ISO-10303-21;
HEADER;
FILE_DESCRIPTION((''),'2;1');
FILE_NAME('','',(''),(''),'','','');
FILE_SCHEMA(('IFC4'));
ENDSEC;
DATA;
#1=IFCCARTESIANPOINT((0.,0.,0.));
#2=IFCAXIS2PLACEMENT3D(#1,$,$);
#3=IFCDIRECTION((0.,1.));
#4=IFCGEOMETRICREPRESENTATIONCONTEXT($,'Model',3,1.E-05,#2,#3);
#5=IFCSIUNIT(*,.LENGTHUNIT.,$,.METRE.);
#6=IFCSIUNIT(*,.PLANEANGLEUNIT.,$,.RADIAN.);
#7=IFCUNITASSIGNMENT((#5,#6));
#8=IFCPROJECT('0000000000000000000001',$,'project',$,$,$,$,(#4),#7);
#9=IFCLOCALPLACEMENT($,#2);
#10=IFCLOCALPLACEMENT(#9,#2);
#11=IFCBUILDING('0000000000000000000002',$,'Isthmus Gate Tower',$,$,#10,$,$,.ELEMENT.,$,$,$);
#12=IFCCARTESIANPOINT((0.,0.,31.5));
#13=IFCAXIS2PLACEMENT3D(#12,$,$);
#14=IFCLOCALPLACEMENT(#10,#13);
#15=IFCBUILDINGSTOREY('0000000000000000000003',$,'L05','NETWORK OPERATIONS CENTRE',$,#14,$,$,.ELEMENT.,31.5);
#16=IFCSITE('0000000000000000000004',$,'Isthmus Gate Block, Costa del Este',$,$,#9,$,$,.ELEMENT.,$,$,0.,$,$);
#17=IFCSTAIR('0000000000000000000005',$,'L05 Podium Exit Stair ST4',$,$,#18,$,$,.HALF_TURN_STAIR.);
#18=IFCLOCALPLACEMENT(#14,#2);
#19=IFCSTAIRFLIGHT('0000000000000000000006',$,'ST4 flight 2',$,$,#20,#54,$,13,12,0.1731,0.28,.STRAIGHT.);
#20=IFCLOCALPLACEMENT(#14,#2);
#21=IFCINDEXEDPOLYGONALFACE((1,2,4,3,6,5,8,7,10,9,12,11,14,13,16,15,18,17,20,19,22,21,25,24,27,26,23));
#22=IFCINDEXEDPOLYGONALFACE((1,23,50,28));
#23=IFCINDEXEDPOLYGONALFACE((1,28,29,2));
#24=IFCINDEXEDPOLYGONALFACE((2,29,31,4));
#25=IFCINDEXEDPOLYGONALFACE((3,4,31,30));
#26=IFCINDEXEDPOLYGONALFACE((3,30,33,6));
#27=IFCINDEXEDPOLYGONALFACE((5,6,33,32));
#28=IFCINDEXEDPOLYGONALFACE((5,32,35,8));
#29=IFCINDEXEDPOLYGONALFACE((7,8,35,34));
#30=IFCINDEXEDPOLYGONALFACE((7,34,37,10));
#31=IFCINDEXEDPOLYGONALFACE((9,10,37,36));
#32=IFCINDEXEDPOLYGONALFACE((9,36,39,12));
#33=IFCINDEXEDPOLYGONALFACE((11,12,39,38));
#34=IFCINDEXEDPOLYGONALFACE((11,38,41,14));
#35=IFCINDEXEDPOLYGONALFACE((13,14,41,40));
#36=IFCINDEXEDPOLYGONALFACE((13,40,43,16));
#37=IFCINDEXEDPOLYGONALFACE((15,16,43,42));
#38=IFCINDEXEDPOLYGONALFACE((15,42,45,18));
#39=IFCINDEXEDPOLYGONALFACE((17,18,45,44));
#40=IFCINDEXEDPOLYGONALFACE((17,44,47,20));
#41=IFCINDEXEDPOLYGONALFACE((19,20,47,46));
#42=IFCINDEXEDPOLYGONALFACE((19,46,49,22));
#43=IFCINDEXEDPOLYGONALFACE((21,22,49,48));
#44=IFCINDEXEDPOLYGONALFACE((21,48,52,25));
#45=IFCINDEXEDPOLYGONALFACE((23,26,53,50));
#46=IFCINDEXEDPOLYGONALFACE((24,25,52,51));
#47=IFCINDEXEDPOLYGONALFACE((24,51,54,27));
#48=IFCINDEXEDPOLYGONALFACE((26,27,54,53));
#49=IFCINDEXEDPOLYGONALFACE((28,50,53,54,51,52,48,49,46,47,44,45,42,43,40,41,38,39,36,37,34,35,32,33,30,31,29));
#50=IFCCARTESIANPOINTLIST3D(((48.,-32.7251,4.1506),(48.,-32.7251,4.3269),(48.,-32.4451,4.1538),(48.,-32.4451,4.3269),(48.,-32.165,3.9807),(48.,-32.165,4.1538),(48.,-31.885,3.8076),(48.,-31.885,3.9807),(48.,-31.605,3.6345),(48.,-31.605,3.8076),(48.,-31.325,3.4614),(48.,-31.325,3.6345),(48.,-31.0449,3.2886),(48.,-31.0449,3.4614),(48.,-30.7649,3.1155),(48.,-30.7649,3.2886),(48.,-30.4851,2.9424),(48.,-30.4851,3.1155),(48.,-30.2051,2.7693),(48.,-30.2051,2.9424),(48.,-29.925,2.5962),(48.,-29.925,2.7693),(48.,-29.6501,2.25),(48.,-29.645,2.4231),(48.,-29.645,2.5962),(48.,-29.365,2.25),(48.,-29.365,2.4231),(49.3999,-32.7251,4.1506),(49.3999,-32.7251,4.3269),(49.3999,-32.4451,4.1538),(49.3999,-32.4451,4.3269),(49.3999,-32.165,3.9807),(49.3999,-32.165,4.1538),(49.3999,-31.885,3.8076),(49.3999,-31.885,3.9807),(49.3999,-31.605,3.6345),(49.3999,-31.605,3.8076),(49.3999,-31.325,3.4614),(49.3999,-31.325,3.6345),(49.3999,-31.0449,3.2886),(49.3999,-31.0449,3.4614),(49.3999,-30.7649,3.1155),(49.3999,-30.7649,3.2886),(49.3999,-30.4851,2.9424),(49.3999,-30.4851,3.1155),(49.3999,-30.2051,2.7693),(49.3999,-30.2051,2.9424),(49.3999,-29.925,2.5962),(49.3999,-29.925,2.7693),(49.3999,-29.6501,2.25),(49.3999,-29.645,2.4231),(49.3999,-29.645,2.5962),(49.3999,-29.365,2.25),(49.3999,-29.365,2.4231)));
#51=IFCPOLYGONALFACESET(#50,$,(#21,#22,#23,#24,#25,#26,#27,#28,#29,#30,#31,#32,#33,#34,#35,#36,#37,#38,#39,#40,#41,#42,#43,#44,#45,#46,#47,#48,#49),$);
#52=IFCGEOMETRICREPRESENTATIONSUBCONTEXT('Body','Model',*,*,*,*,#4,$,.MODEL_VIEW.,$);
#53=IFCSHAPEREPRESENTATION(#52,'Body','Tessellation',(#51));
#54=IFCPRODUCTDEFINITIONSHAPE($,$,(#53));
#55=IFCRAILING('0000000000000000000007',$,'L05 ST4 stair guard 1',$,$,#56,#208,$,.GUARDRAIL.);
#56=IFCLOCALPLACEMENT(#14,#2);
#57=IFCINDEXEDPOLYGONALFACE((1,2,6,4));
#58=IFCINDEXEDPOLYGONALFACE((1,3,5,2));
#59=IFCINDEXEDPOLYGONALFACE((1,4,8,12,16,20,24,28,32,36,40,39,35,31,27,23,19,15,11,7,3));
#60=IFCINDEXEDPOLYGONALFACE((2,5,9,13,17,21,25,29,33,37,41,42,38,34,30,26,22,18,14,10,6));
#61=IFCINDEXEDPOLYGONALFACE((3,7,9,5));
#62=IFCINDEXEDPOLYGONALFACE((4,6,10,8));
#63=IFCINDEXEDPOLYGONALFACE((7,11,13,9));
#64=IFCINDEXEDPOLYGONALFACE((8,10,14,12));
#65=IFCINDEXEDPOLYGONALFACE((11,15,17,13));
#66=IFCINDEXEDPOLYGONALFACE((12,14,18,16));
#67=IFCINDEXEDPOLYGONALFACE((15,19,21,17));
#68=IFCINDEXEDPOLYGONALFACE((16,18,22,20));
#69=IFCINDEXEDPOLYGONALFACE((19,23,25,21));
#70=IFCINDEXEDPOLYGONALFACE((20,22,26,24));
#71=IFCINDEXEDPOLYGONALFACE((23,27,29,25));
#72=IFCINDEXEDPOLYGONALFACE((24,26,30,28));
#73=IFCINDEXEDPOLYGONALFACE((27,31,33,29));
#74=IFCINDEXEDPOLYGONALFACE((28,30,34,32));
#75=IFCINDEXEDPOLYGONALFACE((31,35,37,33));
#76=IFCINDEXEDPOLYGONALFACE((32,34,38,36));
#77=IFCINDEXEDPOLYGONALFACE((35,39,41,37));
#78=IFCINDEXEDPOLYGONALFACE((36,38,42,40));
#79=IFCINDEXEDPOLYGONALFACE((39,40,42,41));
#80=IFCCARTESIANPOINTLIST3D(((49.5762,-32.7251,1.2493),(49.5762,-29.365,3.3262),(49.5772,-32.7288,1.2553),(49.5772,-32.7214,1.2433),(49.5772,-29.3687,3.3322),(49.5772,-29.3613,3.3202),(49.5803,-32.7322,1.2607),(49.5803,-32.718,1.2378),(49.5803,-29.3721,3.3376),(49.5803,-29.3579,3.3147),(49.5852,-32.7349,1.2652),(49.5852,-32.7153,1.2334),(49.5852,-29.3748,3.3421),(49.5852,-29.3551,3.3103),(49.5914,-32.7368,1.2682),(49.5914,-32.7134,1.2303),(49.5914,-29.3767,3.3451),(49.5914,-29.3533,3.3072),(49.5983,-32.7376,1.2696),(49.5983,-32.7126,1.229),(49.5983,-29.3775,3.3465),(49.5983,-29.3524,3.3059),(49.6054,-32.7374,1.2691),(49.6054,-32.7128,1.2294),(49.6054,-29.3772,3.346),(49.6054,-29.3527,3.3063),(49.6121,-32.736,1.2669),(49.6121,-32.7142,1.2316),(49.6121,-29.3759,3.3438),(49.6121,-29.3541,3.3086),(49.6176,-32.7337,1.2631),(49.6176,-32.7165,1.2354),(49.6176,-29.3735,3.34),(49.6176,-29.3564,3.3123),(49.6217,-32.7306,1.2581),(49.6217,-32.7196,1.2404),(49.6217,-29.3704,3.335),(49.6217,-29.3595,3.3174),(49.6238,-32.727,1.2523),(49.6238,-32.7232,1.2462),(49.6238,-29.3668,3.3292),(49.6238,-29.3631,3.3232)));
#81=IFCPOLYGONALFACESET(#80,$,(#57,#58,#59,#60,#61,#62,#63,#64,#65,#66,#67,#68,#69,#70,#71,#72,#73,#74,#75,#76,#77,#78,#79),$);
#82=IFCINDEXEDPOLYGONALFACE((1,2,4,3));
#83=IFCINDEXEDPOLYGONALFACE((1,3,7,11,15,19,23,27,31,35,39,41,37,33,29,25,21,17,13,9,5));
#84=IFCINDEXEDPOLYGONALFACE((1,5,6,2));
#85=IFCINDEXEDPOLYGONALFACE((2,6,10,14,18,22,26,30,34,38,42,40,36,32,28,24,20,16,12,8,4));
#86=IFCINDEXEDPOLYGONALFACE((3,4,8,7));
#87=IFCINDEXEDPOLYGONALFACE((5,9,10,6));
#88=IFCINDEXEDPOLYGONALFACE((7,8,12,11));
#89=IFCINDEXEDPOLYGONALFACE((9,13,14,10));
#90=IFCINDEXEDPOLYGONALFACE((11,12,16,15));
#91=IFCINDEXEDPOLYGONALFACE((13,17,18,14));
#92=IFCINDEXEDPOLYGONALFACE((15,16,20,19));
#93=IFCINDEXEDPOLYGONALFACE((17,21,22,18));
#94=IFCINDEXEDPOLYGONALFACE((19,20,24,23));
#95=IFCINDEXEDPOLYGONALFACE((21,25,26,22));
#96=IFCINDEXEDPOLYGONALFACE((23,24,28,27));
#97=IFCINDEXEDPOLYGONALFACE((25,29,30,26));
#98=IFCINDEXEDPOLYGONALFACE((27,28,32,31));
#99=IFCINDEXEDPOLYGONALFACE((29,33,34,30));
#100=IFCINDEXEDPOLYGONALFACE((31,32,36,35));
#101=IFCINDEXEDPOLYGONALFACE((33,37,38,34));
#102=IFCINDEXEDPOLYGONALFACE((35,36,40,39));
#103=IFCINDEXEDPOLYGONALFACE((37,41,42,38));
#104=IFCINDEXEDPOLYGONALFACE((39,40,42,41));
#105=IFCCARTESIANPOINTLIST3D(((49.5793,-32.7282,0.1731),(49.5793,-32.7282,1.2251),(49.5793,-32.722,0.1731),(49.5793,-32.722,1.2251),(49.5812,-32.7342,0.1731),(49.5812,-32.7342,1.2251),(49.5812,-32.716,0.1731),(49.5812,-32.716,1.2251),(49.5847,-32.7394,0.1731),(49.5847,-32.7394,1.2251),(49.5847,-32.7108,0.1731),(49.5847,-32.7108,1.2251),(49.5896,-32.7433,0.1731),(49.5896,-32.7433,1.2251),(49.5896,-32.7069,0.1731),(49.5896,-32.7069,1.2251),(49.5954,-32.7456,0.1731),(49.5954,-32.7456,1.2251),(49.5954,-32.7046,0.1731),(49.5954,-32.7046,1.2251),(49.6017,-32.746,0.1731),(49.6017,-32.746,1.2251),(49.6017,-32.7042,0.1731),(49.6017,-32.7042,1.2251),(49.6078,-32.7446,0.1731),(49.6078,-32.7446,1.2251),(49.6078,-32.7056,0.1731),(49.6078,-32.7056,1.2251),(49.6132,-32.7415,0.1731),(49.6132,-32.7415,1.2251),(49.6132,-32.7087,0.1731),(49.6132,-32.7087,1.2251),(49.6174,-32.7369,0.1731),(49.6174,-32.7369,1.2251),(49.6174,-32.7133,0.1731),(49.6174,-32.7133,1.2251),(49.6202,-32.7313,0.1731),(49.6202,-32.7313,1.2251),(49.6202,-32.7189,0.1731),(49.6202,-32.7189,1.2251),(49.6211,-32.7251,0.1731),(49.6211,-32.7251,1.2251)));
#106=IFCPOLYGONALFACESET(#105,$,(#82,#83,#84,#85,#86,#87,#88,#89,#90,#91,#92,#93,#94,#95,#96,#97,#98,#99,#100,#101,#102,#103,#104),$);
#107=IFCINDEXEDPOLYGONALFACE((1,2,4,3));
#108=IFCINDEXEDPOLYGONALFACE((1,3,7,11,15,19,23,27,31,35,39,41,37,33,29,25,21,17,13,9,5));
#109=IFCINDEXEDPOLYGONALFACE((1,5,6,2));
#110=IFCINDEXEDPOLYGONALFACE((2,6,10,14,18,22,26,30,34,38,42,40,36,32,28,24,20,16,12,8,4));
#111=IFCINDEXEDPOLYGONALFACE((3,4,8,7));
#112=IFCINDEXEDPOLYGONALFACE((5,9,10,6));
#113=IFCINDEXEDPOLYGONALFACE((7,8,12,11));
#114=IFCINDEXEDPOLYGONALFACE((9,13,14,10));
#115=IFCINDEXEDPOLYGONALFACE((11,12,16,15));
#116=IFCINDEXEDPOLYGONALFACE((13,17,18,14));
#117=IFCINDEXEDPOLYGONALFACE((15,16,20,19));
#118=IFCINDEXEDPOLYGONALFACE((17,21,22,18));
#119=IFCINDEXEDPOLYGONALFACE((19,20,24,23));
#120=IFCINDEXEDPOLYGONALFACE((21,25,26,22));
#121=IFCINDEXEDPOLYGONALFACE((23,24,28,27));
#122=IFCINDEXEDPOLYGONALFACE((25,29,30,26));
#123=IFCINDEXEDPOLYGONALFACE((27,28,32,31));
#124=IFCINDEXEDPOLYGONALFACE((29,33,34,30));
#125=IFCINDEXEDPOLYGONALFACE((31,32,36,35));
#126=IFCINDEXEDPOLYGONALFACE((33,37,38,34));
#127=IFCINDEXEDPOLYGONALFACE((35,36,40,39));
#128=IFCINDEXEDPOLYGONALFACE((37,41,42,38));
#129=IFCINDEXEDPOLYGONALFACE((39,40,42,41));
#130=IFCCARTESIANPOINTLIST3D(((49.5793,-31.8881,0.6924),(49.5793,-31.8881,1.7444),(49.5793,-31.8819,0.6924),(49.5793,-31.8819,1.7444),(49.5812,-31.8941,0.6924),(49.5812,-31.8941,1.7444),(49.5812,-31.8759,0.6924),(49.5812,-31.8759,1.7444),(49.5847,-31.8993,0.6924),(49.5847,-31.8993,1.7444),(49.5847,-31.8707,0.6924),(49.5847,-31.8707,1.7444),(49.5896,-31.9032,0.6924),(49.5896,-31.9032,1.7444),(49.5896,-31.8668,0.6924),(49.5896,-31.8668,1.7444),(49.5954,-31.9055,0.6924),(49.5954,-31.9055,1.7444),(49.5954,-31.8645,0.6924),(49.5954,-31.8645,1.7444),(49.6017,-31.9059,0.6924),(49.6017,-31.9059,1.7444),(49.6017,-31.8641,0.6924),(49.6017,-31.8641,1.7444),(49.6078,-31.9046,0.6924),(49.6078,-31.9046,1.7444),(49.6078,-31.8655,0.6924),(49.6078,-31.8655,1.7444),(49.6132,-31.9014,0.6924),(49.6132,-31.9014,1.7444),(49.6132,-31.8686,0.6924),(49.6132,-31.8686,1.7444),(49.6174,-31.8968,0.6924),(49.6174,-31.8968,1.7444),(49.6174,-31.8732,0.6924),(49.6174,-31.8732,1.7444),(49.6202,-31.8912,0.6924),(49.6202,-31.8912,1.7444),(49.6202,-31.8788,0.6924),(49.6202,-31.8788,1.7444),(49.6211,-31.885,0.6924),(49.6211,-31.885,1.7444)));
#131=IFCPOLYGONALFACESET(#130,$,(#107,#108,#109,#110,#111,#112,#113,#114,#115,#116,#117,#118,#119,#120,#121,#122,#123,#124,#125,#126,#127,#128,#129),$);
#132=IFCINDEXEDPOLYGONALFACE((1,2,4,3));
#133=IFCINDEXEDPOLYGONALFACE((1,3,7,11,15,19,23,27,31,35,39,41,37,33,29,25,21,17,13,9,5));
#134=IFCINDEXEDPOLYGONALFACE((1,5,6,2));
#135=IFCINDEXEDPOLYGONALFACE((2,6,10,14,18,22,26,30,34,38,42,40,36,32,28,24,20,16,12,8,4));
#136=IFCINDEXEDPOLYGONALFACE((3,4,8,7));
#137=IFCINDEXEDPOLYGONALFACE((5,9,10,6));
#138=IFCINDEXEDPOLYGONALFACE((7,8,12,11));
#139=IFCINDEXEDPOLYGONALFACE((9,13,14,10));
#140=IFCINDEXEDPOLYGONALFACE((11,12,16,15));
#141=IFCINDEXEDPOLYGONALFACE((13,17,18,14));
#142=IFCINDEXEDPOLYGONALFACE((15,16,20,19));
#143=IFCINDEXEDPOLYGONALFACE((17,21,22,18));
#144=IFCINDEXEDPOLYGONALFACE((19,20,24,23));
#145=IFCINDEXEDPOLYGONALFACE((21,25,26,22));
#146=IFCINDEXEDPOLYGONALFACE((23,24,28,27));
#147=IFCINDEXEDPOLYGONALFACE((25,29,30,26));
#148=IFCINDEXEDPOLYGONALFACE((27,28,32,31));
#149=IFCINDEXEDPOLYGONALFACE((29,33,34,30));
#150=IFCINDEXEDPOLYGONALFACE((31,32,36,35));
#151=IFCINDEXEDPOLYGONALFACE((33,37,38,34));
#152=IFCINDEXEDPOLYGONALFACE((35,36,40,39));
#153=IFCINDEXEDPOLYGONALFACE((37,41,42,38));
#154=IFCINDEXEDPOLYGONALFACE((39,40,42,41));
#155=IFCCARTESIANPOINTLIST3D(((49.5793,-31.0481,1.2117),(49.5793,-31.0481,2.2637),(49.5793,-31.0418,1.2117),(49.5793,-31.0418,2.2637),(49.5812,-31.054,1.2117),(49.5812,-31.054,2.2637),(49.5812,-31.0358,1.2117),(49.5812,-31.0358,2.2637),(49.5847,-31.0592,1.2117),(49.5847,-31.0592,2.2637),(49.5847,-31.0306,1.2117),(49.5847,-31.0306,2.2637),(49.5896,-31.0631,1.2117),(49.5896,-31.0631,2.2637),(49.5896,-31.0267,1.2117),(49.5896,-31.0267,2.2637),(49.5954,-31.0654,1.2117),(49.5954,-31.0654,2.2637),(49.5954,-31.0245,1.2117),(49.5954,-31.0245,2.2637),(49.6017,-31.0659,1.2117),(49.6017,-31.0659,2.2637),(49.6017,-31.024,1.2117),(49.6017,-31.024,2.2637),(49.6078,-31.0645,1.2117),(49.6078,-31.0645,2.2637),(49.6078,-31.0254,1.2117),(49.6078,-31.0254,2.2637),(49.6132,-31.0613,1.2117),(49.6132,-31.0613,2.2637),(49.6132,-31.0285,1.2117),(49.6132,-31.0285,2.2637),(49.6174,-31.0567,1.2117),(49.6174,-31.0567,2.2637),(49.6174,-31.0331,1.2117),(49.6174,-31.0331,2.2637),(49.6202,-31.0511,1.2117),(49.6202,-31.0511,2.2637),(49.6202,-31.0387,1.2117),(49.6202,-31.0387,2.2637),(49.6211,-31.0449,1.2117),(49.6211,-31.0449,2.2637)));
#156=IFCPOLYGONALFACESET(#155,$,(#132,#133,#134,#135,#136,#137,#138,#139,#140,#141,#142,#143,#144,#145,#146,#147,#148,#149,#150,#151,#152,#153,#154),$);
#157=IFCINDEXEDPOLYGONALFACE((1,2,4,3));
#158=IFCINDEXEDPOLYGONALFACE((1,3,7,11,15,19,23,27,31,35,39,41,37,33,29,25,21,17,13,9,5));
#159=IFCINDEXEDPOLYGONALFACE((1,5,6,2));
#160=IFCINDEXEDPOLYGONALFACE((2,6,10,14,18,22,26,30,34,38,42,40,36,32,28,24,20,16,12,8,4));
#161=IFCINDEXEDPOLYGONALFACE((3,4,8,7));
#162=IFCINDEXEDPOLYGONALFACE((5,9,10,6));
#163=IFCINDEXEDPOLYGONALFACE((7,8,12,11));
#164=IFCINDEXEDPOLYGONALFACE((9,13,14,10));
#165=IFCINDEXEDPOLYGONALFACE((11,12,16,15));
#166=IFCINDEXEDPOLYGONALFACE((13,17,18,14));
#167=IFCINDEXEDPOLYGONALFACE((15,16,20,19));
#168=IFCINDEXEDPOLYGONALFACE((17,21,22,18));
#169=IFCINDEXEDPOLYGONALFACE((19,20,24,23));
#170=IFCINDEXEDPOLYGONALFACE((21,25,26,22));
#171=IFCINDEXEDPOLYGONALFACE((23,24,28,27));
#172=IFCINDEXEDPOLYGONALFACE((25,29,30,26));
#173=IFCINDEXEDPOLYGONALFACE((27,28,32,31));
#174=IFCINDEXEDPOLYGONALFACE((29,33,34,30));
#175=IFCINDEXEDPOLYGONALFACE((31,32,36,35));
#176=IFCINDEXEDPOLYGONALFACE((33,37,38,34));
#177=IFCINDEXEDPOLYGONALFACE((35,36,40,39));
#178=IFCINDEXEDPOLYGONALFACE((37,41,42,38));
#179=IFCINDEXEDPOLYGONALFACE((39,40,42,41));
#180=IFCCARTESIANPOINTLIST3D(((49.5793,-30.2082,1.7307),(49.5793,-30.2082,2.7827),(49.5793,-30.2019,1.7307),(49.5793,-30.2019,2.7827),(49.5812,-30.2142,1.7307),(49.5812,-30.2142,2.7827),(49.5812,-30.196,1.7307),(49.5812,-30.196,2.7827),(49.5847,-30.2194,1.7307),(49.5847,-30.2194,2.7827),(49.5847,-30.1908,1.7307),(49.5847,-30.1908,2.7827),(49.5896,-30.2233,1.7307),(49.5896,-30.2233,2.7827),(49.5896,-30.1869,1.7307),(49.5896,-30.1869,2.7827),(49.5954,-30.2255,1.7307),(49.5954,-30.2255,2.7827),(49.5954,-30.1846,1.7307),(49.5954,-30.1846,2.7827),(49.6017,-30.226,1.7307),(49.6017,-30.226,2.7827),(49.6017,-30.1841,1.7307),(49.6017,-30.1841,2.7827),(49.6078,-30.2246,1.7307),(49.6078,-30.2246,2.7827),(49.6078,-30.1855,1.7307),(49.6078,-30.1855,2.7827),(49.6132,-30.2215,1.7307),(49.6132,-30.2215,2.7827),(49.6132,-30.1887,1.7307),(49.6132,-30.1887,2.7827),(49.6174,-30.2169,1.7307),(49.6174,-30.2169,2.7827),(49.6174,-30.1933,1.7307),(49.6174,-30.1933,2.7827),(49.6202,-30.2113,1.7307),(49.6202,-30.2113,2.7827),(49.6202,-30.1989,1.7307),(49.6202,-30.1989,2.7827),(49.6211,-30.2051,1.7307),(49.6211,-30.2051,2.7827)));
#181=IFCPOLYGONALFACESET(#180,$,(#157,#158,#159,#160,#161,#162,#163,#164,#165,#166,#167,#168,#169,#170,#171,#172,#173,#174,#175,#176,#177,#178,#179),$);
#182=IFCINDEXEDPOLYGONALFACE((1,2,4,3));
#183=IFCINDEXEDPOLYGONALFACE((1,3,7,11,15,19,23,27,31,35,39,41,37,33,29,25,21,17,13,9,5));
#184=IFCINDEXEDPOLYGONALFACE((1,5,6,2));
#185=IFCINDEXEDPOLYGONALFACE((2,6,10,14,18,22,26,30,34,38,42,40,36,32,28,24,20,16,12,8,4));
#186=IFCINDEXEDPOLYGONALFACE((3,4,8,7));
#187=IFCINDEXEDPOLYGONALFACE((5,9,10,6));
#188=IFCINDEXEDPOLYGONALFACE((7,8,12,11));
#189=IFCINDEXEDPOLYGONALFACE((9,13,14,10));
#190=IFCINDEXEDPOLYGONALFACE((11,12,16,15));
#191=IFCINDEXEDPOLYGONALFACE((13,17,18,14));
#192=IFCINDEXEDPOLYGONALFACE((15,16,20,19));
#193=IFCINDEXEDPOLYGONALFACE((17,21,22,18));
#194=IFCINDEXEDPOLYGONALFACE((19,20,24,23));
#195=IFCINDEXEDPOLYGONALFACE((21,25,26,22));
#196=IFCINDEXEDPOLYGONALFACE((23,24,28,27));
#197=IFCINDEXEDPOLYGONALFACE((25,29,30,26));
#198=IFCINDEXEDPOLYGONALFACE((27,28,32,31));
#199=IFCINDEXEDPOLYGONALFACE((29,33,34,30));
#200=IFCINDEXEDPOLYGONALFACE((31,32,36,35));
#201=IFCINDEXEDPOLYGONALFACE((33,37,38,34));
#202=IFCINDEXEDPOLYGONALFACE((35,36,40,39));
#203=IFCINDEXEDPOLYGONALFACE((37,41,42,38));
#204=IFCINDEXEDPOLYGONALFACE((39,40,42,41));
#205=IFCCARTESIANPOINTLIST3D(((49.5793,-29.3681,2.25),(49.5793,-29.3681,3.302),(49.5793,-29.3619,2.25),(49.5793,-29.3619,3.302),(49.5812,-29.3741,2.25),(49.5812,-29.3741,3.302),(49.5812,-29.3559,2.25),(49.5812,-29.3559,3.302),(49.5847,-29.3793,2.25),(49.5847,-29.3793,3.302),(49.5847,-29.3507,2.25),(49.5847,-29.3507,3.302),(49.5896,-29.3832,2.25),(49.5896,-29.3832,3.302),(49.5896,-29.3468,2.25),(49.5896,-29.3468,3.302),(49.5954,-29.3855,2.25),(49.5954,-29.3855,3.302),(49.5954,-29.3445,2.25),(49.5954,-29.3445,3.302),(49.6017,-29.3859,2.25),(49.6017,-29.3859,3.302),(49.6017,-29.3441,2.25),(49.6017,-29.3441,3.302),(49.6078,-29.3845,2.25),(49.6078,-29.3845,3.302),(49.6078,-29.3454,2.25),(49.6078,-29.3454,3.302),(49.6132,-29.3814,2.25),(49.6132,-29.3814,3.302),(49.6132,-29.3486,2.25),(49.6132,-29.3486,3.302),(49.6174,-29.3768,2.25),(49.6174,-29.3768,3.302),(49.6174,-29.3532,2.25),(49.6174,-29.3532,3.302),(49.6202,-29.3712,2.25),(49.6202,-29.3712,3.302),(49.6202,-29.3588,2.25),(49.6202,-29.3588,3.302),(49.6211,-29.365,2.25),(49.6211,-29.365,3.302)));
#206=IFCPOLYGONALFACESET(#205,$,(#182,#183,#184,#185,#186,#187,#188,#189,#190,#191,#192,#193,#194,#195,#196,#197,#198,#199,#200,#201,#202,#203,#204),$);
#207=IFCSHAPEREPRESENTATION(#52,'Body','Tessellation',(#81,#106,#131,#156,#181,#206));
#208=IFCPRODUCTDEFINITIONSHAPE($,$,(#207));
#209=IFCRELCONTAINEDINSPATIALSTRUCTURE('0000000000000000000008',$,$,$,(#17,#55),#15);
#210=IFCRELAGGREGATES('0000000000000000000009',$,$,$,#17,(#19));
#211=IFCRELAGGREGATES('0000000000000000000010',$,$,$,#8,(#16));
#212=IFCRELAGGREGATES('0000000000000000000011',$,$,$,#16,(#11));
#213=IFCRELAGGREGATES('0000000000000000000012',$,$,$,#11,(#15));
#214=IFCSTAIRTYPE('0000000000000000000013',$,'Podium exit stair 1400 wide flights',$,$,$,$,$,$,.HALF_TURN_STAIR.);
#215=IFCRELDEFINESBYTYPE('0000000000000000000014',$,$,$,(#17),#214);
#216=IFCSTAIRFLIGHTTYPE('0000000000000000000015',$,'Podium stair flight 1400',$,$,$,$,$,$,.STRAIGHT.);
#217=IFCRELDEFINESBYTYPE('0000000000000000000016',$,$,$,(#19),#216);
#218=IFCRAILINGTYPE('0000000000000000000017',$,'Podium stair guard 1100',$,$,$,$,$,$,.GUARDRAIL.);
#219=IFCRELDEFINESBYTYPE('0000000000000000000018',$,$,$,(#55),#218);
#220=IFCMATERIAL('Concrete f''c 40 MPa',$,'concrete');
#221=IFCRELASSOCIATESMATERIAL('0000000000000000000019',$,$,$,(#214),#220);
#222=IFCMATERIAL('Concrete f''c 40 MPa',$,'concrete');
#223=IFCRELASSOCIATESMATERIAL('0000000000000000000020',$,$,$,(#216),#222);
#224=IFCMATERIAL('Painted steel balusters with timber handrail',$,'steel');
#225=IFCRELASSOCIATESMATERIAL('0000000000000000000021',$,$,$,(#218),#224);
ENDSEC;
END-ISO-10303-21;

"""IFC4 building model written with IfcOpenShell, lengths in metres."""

from ifc_helpers import new_model, si_unit, direction, frame, origin, origin_2d, place, context, subcontext, project, spatial, polyline, circle, outline, extrude, material, type_object, element, aggregate, save


model = new_model("IFC4")

# Units and contexts
model_context = context("Model", 3, precision=1e-05, world=origin(), true_north=direction((0.0, 1.0)))
body_context = subcontext(model_context, "Body", "Model", "MODEL_VIEW")
ifc_project = project(units=[si_unit("LENGTHUNIT", "METRE"), si_unit("PLANEANGLEUNIT", "RADIAN")], contexts=[model_context])

# Site, building, storey
site_placement = place(None, origin())
site = spatial("IfcSite", under=ifc_project, at=site_placement, Name="Isthmus Gate Block, Costa del Este", CompositionType="ELEMENT", RefElevation=0.0)
building_placement = place(site_placement, origin())
building = spatial("IfcBuilding", under=site, at=building_placement, Name="Isthmus Gate Tower", CompositionType="ELEMENT")
storey_placement = place(building_placement, frame((0.0, 0.0, 31.5)))
storey = spatial("IfcBuildingStorey", under=building, at=storey_placement, Name="L05", Description="NETWORK OPERATIONS CENTRE", CompositionType="ELEMENT", Elevation=31.5)

# Stair, stair flight
ifc_material_1 = material(Name="Concrete f'c 40 MPa", Category="concrete")
stair_type = type_object("IfcStairType", Name="Podium exit stair 1400 wide flights", PredefinedType="HALF_TURN_STAIR", material=ifc_material_1)
stair_placement = place(storey_placement, origin())
stair = element("IfcStair", 1, at=stair_placement, inside=storey, type_object=stair_type, Name="L05 Podium Exit Stair ST4", PredefinedType="HALF_TURN_STAIR")
ifc_material_2 = material(Name="Concrete f'c 40 MPa", Category="concrete")
stair_flight_type = type_object("IfcStairFlightType", Name="Podium stair flight 1400", PredefinedType="STRAIGHT", material=ifc_material_2)
stair_flight_1_placement = place(storey_placement, frame((48.7, -29.365, 2.25), z_axis=(0.0, 0.0, 1.0), x_axis=(0.0, -1.0, 0.0)))
stair_flight_1 = element("IfcStairFlight", 2, at=stair_flight_1_placement, type_object=stair_flight_type, Name="ST4 flight 2", NumberOfRisers=13, NumberOfTreads=12, PredefinedType="STRAIGHT", RiserHeight=0.1731, TreadLength=0.28, context=body_context, shape_type="SweptSolid", body=[
    extrude(outline(polyline([(0.0, 0.0), (0.0, 0.1731), (0.28, 0.1731), (0.28, 0.3462), (0.5601, 0.3462), (0.5601, 0.5193), (0.8401, 0.5193), (0.8401, 0.6924), (1.1201, 0.6924), (1.1201, 0.8655), (1.3999, 0.8655), (1.3999, 1.0386), (1.6799, 1.0386), (1.6799, 1.2114), (1.96, 1.2114), (1.96, 1.3845), (2.24, 1.3845), (2.24, 1.5576), (2.52, 1.5576), (2.52, 1.7307), (2.8, 1.7307), (2.8, 1.9038), (3.0801, 1.9038), (3.0801, 2.0769), (3.3601, 2.0769), (3.3601, 2.25), (3.3601, 1.9006), (0.2852, 0.0), (0.0, 0.0)])), frame((0.0, 0.7, 0.0), z_axis=(0.0, -1.0, 0.0), x_axis=(1.0, 0.0, 0.0)), (0.0, 0.0, 1.0), 1.3999),
])
aggregate(stair, [stair_flight_1])

# Railing
ifc_material_3 = material(Name="Painted steel balusters with timber handrail", Category="steel")
railing_type_1 = type_object("IfcRailingType", Name="Podium stair guard 1100", PredefinedType="GUARDRAIL", material=ifc_material_3)
railing_1_placement = place(storey_placement, frame((49.6001, -32.7251, 0.1731)))
element("IfcRailing", 3, at=railing_1_placement, inside=storey, type_object=railing_type_1, Name="L05 ST4 stair guard 1", PredefinedType="GUARDRAIL", context=body_context, shape_type="SweptSolid", body=[
    extrude(circle(Radius=0.0239, at=origin_2d()), frame((0.0, 0.0, 1.0762), z_axis=(0.0, 0.850623, 0.525776), x_axis=(-1.0, 0.0, 0.0)), (0.0, 0.0, 1.0), 3.9502),
    extrude(circle(Radius=0.021, at=origin_2d()), origin(), (0.0, 0.0, 1.0), 1.052),
    extrude(circle(Radius=0.021, at=origin_2d()), frame((0.0, 0.8401, 0.5193)), (0.0, 0.0, 1.0), 1.052),
    extrude(circle(Radius=0.021, at=origin_2d()), frame((0.0, 1.6802, 1.0386)), (0.0, 0.0, 1.0), 1.052),
    extrude(circle(Radius=0.021, at=origin_2d()), frame((0.0, 2.52, 1.5576)), (0.0, 0.0, 1.0), 1.052),
    extrude(circle(Radius=0.021, at=origin_2d()), frame((0.0, 3.3601, 2.0769)), (0.0, 0.0, 1.0), 1.052),
])

save(model, "model.ifc")
